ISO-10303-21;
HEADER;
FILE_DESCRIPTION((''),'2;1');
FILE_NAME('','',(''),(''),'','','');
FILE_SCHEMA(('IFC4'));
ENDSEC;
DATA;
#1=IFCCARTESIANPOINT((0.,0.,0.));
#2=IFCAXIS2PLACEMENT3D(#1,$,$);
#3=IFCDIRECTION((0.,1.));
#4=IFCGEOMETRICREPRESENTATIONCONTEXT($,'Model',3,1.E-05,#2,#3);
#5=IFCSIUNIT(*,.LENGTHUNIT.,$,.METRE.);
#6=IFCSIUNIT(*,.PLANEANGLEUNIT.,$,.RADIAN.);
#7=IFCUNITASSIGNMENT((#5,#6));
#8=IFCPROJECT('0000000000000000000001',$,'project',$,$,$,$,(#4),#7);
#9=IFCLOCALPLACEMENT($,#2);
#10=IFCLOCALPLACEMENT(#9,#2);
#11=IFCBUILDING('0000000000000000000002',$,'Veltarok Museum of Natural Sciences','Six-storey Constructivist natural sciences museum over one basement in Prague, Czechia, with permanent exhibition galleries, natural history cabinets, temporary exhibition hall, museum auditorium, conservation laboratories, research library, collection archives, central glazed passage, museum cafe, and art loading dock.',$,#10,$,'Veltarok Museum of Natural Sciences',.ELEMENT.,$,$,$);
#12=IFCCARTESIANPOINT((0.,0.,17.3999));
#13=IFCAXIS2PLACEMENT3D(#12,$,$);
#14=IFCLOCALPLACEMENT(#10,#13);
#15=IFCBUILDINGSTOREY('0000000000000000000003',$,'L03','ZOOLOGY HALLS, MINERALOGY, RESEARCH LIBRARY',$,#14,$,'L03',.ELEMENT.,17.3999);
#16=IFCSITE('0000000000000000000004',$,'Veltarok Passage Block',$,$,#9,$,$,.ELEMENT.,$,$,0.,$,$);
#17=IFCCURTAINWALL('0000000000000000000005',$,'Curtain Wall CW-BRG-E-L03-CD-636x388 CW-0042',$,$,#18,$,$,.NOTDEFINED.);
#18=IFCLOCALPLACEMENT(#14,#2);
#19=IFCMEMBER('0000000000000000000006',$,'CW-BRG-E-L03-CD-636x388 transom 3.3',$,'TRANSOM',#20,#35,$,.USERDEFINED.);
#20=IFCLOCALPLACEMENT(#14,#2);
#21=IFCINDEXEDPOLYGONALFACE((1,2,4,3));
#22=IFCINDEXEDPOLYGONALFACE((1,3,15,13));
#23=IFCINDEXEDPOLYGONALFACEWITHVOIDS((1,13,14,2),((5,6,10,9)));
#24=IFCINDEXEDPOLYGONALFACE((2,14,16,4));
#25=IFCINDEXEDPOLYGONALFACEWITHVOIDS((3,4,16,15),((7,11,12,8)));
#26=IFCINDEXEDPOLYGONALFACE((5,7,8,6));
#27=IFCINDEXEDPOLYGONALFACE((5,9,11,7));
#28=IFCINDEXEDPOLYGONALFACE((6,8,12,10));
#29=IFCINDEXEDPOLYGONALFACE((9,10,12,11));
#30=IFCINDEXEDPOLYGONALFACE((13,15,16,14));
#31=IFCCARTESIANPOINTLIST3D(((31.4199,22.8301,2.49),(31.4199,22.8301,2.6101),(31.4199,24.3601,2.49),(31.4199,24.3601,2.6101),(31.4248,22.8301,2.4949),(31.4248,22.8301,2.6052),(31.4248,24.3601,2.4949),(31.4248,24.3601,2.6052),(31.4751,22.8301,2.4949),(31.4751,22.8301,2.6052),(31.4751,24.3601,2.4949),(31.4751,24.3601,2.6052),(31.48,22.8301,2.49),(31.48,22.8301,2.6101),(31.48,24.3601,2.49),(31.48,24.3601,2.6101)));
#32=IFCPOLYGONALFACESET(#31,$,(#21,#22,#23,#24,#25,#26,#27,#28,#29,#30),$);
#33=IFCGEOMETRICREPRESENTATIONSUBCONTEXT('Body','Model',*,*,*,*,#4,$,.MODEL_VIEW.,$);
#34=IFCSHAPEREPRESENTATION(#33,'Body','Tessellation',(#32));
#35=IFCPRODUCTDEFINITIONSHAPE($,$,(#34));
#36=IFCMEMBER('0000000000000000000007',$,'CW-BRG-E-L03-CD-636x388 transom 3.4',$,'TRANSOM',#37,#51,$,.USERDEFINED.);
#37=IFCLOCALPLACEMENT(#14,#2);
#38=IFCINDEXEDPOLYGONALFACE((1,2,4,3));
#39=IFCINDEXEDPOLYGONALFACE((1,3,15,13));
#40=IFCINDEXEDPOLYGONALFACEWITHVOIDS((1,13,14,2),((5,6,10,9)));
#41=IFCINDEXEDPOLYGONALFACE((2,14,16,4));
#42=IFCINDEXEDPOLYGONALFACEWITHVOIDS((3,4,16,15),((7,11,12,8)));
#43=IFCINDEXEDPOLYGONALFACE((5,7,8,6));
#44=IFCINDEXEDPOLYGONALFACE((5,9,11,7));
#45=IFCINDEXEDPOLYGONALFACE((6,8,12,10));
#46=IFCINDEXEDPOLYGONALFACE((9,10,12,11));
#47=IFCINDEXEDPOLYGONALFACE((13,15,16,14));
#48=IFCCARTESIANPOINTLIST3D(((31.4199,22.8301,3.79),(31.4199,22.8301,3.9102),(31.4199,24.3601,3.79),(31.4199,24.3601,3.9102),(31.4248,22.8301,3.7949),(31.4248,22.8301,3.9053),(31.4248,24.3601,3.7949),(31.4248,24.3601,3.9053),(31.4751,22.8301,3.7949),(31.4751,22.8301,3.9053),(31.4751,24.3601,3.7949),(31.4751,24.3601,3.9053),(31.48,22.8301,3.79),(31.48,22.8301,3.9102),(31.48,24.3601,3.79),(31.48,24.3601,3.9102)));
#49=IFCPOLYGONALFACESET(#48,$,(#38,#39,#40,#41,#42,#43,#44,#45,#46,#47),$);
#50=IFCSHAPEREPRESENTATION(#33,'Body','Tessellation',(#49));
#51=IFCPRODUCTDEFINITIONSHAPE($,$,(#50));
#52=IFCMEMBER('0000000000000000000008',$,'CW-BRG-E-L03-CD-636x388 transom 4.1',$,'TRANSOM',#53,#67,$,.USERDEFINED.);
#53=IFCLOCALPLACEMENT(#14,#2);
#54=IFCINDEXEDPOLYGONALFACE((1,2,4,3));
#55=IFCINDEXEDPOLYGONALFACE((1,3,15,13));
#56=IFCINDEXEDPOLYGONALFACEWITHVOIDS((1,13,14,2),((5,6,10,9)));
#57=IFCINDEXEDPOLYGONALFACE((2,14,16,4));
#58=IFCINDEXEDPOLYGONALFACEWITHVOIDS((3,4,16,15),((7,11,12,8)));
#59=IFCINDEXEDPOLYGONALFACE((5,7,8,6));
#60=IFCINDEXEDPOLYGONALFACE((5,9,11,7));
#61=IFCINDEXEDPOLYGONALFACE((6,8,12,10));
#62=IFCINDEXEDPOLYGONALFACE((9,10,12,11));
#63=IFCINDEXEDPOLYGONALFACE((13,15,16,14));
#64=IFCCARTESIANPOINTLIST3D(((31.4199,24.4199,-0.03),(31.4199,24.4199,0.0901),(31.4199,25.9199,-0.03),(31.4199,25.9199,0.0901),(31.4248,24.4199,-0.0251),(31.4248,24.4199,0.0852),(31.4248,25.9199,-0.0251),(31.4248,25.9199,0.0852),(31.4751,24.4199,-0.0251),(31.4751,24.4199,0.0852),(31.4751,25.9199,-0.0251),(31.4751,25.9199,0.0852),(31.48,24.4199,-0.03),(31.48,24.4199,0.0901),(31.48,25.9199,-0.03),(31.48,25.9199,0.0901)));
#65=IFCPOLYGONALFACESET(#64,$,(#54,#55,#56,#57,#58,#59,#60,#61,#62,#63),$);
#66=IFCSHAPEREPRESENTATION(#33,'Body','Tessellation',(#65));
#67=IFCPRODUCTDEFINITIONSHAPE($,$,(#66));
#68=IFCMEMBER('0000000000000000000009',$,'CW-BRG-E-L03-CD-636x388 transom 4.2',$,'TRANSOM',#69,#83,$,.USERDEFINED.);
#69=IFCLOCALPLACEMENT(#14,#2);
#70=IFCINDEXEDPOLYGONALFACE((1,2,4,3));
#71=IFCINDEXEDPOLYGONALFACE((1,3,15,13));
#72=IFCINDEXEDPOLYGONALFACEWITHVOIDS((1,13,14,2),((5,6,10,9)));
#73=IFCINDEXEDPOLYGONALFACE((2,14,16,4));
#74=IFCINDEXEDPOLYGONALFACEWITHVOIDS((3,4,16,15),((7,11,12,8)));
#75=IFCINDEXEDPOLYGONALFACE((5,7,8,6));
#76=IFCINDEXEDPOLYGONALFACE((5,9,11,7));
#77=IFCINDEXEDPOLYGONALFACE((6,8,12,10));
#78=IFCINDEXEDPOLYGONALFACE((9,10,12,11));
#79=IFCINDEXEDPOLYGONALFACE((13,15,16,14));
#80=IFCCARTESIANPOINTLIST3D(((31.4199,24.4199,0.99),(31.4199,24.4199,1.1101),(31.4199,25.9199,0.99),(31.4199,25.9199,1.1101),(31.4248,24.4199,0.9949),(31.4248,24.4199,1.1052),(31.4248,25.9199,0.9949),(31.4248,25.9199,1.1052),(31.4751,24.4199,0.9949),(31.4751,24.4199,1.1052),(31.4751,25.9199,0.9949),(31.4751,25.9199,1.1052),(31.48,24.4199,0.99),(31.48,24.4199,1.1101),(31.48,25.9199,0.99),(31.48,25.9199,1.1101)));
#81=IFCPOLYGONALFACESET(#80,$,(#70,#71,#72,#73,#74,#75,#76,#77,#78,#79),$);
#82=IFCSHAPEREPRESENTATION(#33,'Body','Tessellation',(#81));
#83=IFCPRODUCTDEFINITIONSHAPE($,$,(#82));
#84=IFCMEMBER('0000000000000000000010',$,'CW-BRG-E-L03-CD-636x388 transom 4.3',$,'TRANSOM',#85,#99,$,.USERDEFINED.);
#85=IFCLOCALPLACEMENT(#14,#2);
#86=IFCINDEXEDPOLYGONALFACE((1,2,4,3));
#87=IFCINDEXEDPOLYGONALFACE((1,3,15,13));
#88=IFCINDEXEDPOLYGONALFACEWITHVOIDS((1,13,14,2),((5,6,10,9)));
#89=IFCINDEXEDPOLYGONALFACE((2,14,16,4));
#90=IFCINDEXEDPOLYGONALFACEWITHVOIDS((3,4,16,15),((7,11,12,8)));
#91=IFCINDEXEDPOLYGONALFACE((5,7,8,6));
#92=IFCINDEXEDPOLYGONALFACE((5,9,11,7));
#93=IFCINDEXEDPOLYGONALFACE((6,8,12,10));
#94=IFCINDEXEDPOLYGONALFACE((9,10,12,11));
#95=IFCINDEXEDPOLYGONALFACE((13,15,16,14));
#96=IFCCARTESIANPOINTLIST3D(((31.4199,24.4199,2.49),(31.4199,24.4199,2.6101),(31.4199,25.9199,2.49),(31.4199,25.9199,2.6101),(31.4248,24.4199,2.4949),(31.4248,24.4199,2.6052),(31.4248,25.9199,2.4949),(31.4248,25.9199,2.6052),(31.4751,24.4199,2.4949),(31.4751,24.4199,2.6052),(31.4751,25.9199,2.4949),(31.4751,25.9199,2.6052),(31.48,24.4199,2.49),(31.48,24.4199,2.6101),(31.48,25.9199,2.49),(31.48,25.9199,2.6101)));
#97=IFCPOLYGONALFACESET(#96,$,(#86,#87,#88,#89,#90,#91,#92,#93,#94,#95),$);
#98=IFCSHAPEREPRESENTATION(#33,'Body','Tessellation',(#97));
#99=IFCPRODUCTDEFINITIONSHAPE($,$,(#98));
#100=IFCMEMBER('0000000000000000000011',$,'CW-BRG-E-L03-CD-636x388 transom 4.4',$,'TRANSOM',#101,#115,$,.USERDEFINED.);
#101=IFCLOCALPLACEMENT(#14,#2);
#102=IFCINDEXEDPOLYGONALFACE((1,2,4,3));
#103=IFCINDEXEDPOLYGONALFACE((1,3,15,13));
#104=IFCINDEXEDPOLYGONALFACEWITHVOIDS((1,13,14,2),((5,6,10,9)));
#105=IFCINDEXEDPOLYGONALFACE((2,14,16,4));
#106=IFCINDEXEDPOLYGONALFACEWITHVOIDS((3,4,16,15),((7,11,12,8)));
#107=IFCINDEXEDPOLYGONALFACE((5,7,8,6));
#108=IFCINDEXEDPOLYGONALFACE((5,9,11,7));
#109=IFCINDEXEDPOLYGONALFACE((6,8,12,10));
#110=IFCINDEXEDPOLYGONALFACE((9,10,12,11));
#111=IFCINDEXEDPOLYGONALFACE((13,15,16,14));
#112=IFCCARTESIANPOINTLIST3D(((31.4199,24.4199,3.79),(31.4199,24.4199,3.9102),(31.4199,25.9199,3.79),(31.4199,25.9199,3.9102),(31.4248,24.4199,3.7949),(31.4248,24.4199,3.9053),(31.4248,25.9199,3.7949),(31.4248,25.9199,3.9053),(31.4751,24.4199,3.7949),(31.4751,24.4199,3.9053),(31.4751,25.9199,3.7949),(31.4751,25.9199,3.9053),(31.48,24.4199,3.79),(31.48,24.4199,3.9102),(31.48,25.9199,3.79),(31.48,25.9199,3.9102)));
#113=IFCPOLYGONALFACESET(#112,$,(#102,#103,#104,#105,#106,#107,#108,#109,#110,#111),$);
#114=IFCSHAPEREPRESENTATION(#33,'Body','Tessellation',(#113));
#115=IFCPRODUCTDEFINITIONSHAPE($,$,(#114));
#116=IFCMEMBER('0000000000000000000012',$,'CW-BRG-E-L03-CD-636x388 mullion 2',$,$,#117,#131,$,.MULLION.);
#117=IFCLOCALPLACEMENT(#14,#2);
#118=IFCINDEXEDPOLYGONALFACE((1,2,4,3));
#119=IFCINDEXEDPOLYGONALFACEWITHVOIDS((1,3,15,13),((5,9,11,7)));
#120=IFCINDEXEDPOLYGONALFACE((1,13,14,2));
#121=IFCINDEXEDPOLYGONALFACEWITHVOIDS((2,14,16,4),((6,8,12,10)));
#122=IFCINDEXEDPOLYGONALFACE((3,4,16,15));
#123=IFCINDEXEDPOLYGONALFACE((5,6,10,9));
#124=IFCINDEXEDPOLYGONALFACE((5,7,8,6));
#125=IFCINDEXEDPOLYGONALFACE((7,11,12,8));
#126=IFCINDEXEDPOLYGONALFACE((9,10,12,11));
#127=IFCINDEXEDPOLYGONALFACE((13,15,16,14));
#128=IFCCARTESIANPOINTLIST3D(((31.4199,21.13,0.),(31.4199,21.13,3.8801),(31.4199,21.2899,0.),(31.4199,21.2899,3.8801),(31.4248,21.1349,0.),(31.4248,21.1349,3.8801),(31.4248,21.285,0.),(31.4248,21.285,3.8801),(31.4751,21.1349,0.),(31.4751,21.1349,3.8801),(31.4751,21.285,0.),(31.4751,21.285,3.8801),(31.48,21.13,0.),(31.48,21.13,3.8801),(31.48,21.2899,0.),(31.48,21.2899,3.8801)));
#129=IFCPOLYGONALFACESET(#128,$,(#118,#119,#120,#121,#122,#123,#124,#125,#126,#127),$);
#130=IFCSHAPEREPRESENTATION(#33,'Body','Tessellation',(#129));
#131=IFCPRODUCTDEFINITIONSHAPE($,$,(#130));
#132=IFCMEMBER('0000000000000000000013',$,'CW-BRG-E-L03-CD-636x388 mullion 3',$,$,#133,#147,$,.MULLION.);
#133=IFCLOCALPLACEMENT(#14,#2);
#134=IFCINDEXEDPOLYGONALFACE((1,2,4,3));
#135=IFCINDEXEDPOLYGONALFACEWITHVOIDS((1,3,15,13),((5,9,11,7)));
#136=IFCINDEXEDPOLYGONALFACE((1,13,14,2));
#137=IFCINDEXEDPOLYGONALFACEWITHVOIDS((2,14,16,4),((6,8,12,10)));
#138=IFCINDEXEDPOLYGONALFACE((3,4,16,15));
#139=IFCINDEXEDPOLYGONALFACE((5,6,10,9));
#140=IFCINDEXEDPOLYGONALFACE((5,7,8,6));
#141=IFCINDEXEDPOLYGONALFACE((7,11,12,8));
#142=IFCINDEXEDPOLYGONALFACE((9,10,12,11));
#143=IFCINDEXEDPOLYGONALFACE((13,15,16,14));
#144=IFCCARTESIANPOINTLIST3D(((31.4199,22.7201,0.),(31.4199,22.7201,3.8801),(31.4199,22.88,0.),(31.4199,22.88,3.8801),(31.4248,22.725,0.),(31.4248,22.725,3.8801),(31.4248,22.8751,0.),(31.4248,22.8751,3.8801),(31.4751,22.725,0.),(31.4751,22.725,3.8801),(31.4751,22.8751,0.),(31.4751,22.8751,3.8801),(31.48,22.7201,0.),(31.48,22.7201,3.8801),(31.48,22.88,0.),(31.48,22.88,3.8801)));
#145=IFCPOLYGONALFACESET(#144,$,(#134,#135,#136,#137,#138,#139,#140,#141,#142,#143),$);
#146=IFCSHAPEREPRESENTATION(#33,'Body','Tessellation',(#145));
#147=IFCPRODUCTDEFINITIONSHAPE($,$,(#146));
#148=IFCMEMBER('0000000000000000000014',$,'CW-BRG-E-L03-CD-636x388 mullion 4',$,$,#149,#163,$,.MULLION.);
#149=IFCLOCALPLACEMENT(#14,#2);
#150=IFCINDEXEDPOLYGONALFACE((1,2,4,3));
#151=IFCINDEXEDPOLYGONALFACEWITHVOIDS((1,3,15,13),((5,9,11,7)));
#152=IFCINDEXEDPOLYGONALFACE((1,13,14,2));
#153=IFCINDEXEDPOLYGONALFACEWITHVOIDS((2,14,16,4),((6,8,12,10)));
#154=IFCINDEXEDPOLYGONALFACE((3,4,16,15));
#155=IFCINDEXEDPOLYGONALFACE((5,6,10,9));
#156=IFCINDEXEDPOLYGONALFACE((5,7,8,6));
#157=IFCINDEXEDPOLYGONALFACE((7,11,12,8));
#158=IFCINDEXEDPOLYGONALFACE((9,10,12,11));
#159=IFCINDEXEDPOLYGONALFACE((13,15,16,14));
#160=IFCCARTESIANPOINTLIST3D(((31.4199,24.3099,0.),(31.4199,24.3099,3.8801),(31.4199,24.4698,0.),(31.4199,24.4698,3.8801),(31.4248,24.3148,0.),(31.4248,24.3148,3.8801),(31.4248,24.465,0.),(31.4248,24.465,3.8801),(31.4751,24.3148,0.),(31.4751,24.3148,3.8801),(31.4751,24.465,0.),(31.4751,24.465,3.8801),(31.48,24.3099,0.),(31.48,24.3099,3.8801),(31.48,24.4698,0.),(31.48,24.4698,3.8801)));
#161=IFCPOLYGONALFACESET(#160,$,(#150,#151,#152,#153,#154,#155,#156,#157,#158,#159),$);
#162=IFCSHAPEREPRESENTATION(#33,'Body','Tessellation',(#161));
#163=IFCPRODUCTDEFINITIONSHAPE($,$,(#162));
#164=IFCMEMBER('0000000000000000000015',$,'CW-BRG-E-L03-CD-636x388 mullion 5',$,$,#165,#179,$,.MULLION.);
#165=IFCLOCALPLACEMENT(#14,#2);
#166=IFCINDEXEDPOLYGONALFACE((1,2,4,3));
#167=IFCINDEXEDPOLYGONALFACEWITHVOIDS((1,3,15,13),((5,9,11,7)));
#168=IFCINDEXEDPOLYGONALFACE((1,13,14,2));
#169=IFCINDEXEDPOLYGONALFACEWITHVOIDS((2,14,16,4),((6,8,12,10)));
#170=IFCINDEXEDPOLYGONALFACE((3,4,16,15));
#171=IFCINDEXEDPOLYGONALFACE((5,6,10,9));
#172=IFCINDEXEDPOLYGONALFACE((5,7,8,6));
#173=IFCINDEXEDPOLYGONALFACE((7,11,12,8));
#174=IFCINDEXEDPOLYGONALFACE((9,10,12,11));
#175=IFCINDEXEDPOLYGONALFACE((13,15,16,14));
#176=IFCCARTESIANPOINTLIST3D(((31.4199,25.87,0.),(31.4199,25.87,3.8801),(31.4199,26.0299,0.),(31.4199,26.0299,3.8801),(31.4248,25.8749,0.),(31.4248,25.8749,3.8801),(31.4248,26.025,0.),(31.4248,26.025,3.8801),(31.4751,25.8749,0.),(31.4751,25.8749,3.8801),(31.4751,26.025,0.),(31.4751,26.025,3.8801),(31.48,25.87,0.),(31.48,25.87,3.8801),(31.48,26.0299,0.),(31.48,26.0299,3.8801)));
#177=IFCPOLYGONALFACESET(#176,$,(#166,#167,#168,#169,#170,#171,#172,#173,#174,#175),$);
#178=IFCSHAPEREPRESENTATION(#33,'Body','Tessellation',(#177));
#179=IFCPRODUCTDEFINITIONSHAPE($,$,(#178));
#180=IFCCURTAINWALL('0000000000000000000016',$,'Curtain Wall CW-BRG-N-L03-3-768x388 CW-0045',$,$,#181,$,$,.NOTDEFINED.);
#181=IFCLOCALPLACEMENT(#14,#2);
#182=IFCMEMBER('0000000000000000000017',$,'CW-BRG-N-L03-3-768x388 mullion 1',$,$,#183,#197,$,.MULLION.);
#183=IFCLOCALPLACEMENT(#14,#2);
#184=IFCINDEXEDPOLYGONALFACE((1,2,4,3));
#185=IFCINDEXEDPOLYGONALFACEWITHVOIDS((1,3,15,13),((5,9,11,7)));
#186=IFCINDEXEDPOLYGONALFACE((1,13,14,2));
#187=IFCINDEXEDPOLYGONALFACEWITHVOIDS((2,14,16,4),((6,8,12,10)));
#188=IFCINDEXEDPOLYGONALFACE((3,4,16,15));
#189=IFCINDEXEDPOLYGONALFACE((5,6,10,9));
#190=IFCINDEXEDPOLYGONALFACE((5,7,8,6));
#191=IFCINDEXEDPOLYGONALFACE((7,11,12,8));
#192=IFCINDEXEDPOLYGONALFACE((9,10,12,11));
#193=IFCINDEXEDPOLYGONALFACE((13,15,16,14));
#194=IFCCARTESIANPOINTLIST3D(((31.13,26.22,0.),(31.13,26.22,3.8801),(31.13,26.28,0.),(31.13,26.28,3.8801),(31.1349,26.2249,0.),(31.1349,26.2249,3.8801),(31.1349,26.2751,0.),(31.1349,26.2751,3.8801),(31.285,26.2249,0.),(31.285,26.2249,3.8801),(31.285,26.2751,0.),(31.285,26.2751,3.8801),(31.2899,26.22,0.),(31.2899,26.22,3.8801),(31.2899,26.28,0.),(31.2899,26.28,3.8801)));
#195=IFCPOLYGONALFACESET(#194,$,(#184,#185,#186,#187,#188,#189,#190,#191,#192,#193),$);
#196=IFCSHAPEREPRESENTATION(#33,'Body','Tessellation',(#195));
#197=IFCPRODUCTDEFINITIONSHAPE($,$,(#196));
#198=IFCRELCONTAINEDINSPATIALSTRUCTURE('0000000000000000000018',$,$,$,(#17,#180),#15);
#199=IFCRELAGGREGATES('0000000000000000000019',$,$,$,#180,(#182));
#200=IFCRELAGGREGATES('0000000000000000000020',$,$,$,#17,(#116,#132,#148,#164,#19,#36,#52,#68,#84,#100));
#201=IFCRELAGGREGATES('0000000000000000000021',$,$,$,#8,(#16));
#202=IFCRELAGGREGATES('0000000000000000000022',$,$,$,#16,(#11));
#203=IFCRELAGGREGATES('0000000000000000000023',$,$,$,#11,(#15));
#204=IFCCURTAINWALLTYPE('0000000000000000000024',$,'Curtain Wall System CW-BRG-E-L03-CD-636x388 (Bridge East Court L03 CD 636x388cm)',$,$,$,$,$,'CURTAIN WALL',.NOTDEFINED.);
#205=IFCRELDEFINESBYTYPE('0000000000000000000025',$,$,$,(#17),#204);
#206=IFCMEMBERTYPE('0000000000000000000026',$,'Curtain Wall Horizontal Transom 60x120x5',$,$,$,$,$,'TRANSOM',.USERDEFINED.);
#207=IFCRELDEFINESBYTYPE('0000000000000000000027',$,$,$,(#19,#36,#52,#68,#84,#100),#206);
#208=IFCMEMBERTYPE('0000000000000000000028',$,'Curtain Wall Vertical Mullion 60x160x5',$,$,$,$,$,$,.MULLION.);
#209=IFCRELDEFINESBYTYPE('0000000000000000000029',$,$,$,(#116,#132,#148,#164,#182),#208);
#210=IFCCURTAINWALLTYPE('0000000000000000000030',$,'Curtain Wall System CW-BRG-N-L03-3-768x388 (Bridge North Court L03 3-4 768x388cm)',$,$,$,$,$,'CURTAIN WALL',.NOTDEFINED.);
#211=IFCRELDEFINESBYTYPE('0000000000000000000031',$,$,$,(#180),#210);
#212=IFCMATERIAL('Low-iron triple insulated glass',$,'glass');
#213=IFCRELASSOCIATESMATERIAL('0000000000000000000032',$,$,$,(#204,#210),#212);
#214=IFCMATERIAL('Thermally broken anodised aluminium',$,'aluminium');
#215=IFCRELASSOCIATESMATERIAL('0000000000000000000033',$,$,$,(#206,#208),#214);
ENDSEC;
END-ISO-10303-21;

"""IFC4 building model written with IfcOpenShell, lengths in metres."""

from ifc_helpers import new_model, si_unit, direction, frame, origin, origin_2d, place, context, subcontext, project, spatial, hollow_rectangle, extrude, material, material_profile, profile_set, type_object, element, aggregate, save


model = new_model("IFC4")

# Units and contexts
model_context = context("Model", 3, precision=1e-05, world=origin(), true_north=direction((0.0, 1.0)))
body_context = subcontext(model_context, "Body", "Model", "MODEL_VIEW")
ifc_project = project(units=[si_unit("LENGTHUNIT", "METRE"), si_unit("PLANEANGLEUNIT", "RADIAN")], contexts=[model_context])

# Site, building, storey
site_placement = place(None, origin())
site = spatial("IfcSite", under=ifc_project, at=site_placement, Name="Veltarok Passage Block", CompositionType="ELEMENT", RefElevation=0.0)
building_placement = place(site_placement, origin())
building = spatial("IfcBuilding", under=site, at=building_placement, Name="Veltarok Museum of Natural Sciences", Description="Six-storey Constructivist natural sciences museum over one basement in Prague, Czechia, with permanent exhibition galleries, natural history cabinets, temporary exhibition hall, museum auditorium, conservation laboratories, research library, collection archives, central glazed passage, museum cafe, and art loading dock.", LongName="Veltarok Museum of Natural Sciences", CompositionType="ELEMENT")
storey_placement = place(building_placement, frame((0.0, 0.0, 17.3999)))
storey = spatial("IfcBuildingStorey", under=building, at=storey_placement, Name="L03", Description="ZOOLOGY HALLS, MINERALOGY, RESEARCH LIBRARY", LongName="L03", CompositionType="ELEMENT", Elevation=17.3999)

# Curtain wall, members
ifc_material_1 = material(Name="Low-iron triple insulated glass", Category="glass")
curtain_wall_type_1 = type_object("IfcCurtainWallType", Name="Curtain Wall System CW-BRG-E-L03-CD-636x388 (Bridge East Court L03 CD 636x388cm)", ElementType="CURTAIN WALL", PredefinedType="NOTDEFINED", material=ifc_material_1)
curtain_wall_1_placement = place(storey_placement, origin())
curtain_wall_1 = element("IfcCurtainWall", 1, at=curtain_wall_1_placement, inside=storey, type_object=curtain_wall_type_1, Name="Curtain Wall CW-BRG-E-L03-CD-636x388 CW-0042", PredefinedType="NOTDEFINED")
ifc_material_2 = material(Name="Thermally broken anodised aluminium", Category="aluminium")
ifc_material_profile_1 = material_profile(ifc_material_2, hollow_rectangle(XDim=0.0601, YDim=0.1201, WallThickness=0.0049, at=origin_2d()), Name="CW TRANSOM 60x120x5")
ifc_profile_set_1 = profile_set([ifc_material_profile_1], Name="Thermally broken anodised aluminium")
member_type_1 = type_object("IfcMemberType", Name="Curtain Wall Horizontal Transom 60x120x5", ElementType="TRANSOM", PredefinedType="USERDEFINED", material=ifc_profile_set_1)
member_1_placement = place(storey_placement, frame((31.45, 22.8301, 2.55), z_axis=(0.0, 1.0, 0.0), x_axis=(-1.0, 0.0, 0.0)))
member_1 = element("IfcMember", 2, at=member_1_placement, type_object=member_type_1, Name="CW-BRG-E-L03-CD-636x388 transom 3.3", ObjectType="TRANSOM", PredefinedType="USERDEFINED", context=body_context, shape_type="SweptSolid", body=[
    extrude(hollow_rectangle(XDim=0.0601, YDim=0.1201, WallThickness=0.0049, at=origin_2d()), origin(), (0.0, 0.0, 1.0), 1.53),
])
member_2_placement = place(storey_placement, frame((31.45, 22.8301, 3.8501), z_axis=(0.0, 1.0, 0.0), x_axis=(-1.0, 0.0, 0.0)))
member_2 = element("IfcMember", 3, at=member_2_placement, type_object=member_type_1, Name="CW-BRG-E-L03-CD-636x388 transom 3.4", ObjectType="TRANSOM", PredefinedType="USERDEFINED", context=body_context, shape_type="SweptSolid", body=[
    extrude(hollow_rectangle(XDim=0.0601, YDim=0.1201, WallThickness=0.0049, at=origin_2d()), origin(), (0.0, 0.0, 1.0), 1.53),
])
member_3_placement = place(storey_placement, frame((31.45, 24.4199, 0.03), z_axis=(0.0, 1.0, 0.0), x_axis=(-1.0, 0.0, 0.0)))
member_3 = element("IfcMember", 4, at=member_3_placement, type_object=member_type_1, Name="CW-BRG-E-L03-CD-636x388 transom 4.1", ObjectType="TRANSOM", PredefinedType="USERDEFINED", context=body_context, shape_type="SweptSolid", body=[
    extrude(hollow_rectangle(XDim=0.0601, YDim=0.1201, WallThickness=0.0049, at=origin_2d()), origin(), (0.0, 0.0, 1.0), 1.5),
])
member_4_placement = place(storey_placement, frame((31.45, 24.4199, 1.05), z_axis=(0.0, 1.0, 0.0), x_axis=(-1.0, 0.0, 0.0)))
member_4 = element("IfcMember", 5, at=member_4_placement, type_object=member_type_1, Name="CW-BRG-E-L03-CD-636x388 transom 4.2", ObjectType="TRANSOM", PredefinedType="USERDEFINED", context=body_context, shape_type="SweptSolid", body=[
    extrude(hollow_rectangle(XDim=0.0601, YDim=0.1201, WallThickness=0.0049, at=origin_2d()), origin(), (0.0, 0.0, 1.0), 1.5),
])
member_5_placement = place(storey_placement, frame((31.45, 24.4199, 2.55), z_axis=(0.0, 1.0, 0.0), x_axis=(-1.0, 0.0, 0.0)))
member_5 = element("IfcMember", 6, at=member_5_placement, type_object=member_type_1, Name="CW-BRG-E-L03-CD-636x388 transom 4.3", ObjectType="TRANSOM", PredefinedType="USERDEFINED", context=body_context, shape_type="SweptSolid", body=[
    extrude(hollow_rectangle(XDim=0.0601, YDim=0.1201, WallThickness=0.0049, at=origin_2d()), origin(), (0.0, 0.0, 1.0), 1.5),
])
member_6_placement = place(storey_placement, frame((31.45, 24.4199, 3.8501), z_axis=(0.0, 1.0, 0.0), x_axis=(-1.0, 0.0, 0.0)))
member_6 = element("IfcMember", 7, at=member_6_placement, type_object=member_type_1, Name="CW-BRG-E-L03-CD-636x388 transom 4.4", ObjectType="TRANSOM", PredefinedType="USERDEFINED", context=body_context, shape_type="SweptSolid", body=[
    extrude(hollow_rectangle(XDim=0.0601, YDim=0.1201, WallThickness=0.0049, at=origin_2d()), origin(), (0.0, 0.0, 1.0), 1.5),
])
ifc_material_profile_2 = material_profile(ifc_material_2, hollow_rectangle(XDim=0.0601, YDim=0.1599, WallThickness=0.0049, at=origin_2d()), Name="CW MULLION 60x160x5")
ifc_profile_set_2 = profile_set([ifc_material_profile_2], Name="Thermally broken anodised aluminium")
member_type_2 = type_object("IfcMemberType", Name="Curtain Wall Vertical Mullion 60x160x5", PredefinedType="MULLION", material=ifc_profile_set_2)
member_7_placement = place(storey_placement, frame((31.45, 21.21, 0.0), z_axis=(0.0, 0.0, 1.0), x_axis=(-1.0, 0.0, 0.0)))
member_7 = element("IfcMember", 8, at=member_7_placement, type_object=member_type_2, Name="CW-BRG-E-L03-CD-636x388 mullion 2", PredefinedType="MULLION", context=body_context, shape_type="SweptSolid", body=[
    extrude(hollow_rectangle(XDim=0.0601, YDim=0.1599, WallThickness=0.0049, at=origin_2d()), origin(), (0.0, 0.0, 1.0), 3.8801),
])
member_8_placement = place(storey_placement, frame((31.45, 22.8, 0.0), z_axis=(0.0, 0.0, 1.0), x_axis=(-1.0, 0.0, 0.0)))
member_8 = element("IfcMember", 9, at=member_8_placement, type_object=member_type_2, Name="CW-BRG-E-L03-CD-636x388 mullion 3", PredefinedType="MULLION", context=body_context, shape_type="SweptSolid", body=[
    extrude(hollow_rectangle(XDim=0.0601, YDim=0.1599, WallThickness=0.0049, at=origin_2d()), origin(), (0.0, 0.0, 1.0), 3.8801),
])
member_9_placement = place(storey_placement, frame((31.45, 24.3899, 0.0), z_axis=(0.0, 0.0, 1.0), x_axis=(-1.0, 0.0, 0.0)))
member_9 = element("IfcMember", 10, at=member_9_placement, type_object=member_type_2, Name="CW-BRG-E-L03-CD-636x388 mullion 4", PredefinedType="MULLION", context=body_context, shape_type="SweptSolid", body=[
    extrude(hollow_rectangle(XDim=0.0601, YDim=0.1599, WallThickness=0.0049, at=origin_2d()), origin(), (0.0, 0.0, 1.0), 3.8801),
])
member_10_placement = place(storey_placement, frame((31.45, 25.95, 0.0), z_axis=(0.0, 0.0, 1.0), x_axis=(-1.0, 0.0, 0.0)))
member_10 = element("IfcMember", 11, at=member_10_placement, type_object=member_type_2, Name="CW-BRG-E-L03-CD-636x388 mullion 5", PredefinedType="MULLION", context=body_context, shape_type="SweptSolid", body=[
    extrude(hollow_rectangle(XDim=0.0601, YDim=0.1599, WallThickness=0.0049, at=origin_2d()), origin(), (0.0, 0.0, 1.0), 3.8801),
])

# Curtain wall, member
curtain_wall_type_2 = type_object("IfcCurtainWallType", Name="Curtain Wall System CW-BRG-N-L03-3-768x388 (Bridge North Court L03 3-4 768x388cm)", ElementType="CURTAIN WALL", PredefinedType="NOTDEFINED", material=ifc_material_1)
curtain_wall_2_placement = place(storey_placement, origin())
curtain_wall_2 = element("IfcCurtainWall", 12, at=curtain_wall_2_placement, inside=storey, type_object=curtain_wall_type_2, Name="Curtain Wall CW-BRG-N-L03-3-768x388 CW-0045", PredefinedType="NOTDEFINED")
member_11_placement = place(storey_placement, frame((31.21, 26.25, 0.0), z_axis=(0.0, 0.0, 1.0), x_axis=(0.0, -1.0, 0.0)))
member_11 = element("IfcMember", 13, at=member_11_placement, type_object=member_type_2, Name="CW-BRG-N-L03-3-768x388 mullion 1", PredefinedType="MULLION", context=body_context, shape_type="SweptSolid", body=[
    extrude(hollow_rectangle(XDim=0.0601, YDim=0.1599, WallThickness=0.0049, at=origin_2d()), origin(), (0.0, 0.0, 1.0), 3.8801),
])
aggregate(curtain_wall_2, [member_11])

aggregate(curtain_wall_1, [member_7, member_8, member_9, member_10, member_1, member_2, member_3, member_4, member_5, member_6])

save(model, "model.ifc")
